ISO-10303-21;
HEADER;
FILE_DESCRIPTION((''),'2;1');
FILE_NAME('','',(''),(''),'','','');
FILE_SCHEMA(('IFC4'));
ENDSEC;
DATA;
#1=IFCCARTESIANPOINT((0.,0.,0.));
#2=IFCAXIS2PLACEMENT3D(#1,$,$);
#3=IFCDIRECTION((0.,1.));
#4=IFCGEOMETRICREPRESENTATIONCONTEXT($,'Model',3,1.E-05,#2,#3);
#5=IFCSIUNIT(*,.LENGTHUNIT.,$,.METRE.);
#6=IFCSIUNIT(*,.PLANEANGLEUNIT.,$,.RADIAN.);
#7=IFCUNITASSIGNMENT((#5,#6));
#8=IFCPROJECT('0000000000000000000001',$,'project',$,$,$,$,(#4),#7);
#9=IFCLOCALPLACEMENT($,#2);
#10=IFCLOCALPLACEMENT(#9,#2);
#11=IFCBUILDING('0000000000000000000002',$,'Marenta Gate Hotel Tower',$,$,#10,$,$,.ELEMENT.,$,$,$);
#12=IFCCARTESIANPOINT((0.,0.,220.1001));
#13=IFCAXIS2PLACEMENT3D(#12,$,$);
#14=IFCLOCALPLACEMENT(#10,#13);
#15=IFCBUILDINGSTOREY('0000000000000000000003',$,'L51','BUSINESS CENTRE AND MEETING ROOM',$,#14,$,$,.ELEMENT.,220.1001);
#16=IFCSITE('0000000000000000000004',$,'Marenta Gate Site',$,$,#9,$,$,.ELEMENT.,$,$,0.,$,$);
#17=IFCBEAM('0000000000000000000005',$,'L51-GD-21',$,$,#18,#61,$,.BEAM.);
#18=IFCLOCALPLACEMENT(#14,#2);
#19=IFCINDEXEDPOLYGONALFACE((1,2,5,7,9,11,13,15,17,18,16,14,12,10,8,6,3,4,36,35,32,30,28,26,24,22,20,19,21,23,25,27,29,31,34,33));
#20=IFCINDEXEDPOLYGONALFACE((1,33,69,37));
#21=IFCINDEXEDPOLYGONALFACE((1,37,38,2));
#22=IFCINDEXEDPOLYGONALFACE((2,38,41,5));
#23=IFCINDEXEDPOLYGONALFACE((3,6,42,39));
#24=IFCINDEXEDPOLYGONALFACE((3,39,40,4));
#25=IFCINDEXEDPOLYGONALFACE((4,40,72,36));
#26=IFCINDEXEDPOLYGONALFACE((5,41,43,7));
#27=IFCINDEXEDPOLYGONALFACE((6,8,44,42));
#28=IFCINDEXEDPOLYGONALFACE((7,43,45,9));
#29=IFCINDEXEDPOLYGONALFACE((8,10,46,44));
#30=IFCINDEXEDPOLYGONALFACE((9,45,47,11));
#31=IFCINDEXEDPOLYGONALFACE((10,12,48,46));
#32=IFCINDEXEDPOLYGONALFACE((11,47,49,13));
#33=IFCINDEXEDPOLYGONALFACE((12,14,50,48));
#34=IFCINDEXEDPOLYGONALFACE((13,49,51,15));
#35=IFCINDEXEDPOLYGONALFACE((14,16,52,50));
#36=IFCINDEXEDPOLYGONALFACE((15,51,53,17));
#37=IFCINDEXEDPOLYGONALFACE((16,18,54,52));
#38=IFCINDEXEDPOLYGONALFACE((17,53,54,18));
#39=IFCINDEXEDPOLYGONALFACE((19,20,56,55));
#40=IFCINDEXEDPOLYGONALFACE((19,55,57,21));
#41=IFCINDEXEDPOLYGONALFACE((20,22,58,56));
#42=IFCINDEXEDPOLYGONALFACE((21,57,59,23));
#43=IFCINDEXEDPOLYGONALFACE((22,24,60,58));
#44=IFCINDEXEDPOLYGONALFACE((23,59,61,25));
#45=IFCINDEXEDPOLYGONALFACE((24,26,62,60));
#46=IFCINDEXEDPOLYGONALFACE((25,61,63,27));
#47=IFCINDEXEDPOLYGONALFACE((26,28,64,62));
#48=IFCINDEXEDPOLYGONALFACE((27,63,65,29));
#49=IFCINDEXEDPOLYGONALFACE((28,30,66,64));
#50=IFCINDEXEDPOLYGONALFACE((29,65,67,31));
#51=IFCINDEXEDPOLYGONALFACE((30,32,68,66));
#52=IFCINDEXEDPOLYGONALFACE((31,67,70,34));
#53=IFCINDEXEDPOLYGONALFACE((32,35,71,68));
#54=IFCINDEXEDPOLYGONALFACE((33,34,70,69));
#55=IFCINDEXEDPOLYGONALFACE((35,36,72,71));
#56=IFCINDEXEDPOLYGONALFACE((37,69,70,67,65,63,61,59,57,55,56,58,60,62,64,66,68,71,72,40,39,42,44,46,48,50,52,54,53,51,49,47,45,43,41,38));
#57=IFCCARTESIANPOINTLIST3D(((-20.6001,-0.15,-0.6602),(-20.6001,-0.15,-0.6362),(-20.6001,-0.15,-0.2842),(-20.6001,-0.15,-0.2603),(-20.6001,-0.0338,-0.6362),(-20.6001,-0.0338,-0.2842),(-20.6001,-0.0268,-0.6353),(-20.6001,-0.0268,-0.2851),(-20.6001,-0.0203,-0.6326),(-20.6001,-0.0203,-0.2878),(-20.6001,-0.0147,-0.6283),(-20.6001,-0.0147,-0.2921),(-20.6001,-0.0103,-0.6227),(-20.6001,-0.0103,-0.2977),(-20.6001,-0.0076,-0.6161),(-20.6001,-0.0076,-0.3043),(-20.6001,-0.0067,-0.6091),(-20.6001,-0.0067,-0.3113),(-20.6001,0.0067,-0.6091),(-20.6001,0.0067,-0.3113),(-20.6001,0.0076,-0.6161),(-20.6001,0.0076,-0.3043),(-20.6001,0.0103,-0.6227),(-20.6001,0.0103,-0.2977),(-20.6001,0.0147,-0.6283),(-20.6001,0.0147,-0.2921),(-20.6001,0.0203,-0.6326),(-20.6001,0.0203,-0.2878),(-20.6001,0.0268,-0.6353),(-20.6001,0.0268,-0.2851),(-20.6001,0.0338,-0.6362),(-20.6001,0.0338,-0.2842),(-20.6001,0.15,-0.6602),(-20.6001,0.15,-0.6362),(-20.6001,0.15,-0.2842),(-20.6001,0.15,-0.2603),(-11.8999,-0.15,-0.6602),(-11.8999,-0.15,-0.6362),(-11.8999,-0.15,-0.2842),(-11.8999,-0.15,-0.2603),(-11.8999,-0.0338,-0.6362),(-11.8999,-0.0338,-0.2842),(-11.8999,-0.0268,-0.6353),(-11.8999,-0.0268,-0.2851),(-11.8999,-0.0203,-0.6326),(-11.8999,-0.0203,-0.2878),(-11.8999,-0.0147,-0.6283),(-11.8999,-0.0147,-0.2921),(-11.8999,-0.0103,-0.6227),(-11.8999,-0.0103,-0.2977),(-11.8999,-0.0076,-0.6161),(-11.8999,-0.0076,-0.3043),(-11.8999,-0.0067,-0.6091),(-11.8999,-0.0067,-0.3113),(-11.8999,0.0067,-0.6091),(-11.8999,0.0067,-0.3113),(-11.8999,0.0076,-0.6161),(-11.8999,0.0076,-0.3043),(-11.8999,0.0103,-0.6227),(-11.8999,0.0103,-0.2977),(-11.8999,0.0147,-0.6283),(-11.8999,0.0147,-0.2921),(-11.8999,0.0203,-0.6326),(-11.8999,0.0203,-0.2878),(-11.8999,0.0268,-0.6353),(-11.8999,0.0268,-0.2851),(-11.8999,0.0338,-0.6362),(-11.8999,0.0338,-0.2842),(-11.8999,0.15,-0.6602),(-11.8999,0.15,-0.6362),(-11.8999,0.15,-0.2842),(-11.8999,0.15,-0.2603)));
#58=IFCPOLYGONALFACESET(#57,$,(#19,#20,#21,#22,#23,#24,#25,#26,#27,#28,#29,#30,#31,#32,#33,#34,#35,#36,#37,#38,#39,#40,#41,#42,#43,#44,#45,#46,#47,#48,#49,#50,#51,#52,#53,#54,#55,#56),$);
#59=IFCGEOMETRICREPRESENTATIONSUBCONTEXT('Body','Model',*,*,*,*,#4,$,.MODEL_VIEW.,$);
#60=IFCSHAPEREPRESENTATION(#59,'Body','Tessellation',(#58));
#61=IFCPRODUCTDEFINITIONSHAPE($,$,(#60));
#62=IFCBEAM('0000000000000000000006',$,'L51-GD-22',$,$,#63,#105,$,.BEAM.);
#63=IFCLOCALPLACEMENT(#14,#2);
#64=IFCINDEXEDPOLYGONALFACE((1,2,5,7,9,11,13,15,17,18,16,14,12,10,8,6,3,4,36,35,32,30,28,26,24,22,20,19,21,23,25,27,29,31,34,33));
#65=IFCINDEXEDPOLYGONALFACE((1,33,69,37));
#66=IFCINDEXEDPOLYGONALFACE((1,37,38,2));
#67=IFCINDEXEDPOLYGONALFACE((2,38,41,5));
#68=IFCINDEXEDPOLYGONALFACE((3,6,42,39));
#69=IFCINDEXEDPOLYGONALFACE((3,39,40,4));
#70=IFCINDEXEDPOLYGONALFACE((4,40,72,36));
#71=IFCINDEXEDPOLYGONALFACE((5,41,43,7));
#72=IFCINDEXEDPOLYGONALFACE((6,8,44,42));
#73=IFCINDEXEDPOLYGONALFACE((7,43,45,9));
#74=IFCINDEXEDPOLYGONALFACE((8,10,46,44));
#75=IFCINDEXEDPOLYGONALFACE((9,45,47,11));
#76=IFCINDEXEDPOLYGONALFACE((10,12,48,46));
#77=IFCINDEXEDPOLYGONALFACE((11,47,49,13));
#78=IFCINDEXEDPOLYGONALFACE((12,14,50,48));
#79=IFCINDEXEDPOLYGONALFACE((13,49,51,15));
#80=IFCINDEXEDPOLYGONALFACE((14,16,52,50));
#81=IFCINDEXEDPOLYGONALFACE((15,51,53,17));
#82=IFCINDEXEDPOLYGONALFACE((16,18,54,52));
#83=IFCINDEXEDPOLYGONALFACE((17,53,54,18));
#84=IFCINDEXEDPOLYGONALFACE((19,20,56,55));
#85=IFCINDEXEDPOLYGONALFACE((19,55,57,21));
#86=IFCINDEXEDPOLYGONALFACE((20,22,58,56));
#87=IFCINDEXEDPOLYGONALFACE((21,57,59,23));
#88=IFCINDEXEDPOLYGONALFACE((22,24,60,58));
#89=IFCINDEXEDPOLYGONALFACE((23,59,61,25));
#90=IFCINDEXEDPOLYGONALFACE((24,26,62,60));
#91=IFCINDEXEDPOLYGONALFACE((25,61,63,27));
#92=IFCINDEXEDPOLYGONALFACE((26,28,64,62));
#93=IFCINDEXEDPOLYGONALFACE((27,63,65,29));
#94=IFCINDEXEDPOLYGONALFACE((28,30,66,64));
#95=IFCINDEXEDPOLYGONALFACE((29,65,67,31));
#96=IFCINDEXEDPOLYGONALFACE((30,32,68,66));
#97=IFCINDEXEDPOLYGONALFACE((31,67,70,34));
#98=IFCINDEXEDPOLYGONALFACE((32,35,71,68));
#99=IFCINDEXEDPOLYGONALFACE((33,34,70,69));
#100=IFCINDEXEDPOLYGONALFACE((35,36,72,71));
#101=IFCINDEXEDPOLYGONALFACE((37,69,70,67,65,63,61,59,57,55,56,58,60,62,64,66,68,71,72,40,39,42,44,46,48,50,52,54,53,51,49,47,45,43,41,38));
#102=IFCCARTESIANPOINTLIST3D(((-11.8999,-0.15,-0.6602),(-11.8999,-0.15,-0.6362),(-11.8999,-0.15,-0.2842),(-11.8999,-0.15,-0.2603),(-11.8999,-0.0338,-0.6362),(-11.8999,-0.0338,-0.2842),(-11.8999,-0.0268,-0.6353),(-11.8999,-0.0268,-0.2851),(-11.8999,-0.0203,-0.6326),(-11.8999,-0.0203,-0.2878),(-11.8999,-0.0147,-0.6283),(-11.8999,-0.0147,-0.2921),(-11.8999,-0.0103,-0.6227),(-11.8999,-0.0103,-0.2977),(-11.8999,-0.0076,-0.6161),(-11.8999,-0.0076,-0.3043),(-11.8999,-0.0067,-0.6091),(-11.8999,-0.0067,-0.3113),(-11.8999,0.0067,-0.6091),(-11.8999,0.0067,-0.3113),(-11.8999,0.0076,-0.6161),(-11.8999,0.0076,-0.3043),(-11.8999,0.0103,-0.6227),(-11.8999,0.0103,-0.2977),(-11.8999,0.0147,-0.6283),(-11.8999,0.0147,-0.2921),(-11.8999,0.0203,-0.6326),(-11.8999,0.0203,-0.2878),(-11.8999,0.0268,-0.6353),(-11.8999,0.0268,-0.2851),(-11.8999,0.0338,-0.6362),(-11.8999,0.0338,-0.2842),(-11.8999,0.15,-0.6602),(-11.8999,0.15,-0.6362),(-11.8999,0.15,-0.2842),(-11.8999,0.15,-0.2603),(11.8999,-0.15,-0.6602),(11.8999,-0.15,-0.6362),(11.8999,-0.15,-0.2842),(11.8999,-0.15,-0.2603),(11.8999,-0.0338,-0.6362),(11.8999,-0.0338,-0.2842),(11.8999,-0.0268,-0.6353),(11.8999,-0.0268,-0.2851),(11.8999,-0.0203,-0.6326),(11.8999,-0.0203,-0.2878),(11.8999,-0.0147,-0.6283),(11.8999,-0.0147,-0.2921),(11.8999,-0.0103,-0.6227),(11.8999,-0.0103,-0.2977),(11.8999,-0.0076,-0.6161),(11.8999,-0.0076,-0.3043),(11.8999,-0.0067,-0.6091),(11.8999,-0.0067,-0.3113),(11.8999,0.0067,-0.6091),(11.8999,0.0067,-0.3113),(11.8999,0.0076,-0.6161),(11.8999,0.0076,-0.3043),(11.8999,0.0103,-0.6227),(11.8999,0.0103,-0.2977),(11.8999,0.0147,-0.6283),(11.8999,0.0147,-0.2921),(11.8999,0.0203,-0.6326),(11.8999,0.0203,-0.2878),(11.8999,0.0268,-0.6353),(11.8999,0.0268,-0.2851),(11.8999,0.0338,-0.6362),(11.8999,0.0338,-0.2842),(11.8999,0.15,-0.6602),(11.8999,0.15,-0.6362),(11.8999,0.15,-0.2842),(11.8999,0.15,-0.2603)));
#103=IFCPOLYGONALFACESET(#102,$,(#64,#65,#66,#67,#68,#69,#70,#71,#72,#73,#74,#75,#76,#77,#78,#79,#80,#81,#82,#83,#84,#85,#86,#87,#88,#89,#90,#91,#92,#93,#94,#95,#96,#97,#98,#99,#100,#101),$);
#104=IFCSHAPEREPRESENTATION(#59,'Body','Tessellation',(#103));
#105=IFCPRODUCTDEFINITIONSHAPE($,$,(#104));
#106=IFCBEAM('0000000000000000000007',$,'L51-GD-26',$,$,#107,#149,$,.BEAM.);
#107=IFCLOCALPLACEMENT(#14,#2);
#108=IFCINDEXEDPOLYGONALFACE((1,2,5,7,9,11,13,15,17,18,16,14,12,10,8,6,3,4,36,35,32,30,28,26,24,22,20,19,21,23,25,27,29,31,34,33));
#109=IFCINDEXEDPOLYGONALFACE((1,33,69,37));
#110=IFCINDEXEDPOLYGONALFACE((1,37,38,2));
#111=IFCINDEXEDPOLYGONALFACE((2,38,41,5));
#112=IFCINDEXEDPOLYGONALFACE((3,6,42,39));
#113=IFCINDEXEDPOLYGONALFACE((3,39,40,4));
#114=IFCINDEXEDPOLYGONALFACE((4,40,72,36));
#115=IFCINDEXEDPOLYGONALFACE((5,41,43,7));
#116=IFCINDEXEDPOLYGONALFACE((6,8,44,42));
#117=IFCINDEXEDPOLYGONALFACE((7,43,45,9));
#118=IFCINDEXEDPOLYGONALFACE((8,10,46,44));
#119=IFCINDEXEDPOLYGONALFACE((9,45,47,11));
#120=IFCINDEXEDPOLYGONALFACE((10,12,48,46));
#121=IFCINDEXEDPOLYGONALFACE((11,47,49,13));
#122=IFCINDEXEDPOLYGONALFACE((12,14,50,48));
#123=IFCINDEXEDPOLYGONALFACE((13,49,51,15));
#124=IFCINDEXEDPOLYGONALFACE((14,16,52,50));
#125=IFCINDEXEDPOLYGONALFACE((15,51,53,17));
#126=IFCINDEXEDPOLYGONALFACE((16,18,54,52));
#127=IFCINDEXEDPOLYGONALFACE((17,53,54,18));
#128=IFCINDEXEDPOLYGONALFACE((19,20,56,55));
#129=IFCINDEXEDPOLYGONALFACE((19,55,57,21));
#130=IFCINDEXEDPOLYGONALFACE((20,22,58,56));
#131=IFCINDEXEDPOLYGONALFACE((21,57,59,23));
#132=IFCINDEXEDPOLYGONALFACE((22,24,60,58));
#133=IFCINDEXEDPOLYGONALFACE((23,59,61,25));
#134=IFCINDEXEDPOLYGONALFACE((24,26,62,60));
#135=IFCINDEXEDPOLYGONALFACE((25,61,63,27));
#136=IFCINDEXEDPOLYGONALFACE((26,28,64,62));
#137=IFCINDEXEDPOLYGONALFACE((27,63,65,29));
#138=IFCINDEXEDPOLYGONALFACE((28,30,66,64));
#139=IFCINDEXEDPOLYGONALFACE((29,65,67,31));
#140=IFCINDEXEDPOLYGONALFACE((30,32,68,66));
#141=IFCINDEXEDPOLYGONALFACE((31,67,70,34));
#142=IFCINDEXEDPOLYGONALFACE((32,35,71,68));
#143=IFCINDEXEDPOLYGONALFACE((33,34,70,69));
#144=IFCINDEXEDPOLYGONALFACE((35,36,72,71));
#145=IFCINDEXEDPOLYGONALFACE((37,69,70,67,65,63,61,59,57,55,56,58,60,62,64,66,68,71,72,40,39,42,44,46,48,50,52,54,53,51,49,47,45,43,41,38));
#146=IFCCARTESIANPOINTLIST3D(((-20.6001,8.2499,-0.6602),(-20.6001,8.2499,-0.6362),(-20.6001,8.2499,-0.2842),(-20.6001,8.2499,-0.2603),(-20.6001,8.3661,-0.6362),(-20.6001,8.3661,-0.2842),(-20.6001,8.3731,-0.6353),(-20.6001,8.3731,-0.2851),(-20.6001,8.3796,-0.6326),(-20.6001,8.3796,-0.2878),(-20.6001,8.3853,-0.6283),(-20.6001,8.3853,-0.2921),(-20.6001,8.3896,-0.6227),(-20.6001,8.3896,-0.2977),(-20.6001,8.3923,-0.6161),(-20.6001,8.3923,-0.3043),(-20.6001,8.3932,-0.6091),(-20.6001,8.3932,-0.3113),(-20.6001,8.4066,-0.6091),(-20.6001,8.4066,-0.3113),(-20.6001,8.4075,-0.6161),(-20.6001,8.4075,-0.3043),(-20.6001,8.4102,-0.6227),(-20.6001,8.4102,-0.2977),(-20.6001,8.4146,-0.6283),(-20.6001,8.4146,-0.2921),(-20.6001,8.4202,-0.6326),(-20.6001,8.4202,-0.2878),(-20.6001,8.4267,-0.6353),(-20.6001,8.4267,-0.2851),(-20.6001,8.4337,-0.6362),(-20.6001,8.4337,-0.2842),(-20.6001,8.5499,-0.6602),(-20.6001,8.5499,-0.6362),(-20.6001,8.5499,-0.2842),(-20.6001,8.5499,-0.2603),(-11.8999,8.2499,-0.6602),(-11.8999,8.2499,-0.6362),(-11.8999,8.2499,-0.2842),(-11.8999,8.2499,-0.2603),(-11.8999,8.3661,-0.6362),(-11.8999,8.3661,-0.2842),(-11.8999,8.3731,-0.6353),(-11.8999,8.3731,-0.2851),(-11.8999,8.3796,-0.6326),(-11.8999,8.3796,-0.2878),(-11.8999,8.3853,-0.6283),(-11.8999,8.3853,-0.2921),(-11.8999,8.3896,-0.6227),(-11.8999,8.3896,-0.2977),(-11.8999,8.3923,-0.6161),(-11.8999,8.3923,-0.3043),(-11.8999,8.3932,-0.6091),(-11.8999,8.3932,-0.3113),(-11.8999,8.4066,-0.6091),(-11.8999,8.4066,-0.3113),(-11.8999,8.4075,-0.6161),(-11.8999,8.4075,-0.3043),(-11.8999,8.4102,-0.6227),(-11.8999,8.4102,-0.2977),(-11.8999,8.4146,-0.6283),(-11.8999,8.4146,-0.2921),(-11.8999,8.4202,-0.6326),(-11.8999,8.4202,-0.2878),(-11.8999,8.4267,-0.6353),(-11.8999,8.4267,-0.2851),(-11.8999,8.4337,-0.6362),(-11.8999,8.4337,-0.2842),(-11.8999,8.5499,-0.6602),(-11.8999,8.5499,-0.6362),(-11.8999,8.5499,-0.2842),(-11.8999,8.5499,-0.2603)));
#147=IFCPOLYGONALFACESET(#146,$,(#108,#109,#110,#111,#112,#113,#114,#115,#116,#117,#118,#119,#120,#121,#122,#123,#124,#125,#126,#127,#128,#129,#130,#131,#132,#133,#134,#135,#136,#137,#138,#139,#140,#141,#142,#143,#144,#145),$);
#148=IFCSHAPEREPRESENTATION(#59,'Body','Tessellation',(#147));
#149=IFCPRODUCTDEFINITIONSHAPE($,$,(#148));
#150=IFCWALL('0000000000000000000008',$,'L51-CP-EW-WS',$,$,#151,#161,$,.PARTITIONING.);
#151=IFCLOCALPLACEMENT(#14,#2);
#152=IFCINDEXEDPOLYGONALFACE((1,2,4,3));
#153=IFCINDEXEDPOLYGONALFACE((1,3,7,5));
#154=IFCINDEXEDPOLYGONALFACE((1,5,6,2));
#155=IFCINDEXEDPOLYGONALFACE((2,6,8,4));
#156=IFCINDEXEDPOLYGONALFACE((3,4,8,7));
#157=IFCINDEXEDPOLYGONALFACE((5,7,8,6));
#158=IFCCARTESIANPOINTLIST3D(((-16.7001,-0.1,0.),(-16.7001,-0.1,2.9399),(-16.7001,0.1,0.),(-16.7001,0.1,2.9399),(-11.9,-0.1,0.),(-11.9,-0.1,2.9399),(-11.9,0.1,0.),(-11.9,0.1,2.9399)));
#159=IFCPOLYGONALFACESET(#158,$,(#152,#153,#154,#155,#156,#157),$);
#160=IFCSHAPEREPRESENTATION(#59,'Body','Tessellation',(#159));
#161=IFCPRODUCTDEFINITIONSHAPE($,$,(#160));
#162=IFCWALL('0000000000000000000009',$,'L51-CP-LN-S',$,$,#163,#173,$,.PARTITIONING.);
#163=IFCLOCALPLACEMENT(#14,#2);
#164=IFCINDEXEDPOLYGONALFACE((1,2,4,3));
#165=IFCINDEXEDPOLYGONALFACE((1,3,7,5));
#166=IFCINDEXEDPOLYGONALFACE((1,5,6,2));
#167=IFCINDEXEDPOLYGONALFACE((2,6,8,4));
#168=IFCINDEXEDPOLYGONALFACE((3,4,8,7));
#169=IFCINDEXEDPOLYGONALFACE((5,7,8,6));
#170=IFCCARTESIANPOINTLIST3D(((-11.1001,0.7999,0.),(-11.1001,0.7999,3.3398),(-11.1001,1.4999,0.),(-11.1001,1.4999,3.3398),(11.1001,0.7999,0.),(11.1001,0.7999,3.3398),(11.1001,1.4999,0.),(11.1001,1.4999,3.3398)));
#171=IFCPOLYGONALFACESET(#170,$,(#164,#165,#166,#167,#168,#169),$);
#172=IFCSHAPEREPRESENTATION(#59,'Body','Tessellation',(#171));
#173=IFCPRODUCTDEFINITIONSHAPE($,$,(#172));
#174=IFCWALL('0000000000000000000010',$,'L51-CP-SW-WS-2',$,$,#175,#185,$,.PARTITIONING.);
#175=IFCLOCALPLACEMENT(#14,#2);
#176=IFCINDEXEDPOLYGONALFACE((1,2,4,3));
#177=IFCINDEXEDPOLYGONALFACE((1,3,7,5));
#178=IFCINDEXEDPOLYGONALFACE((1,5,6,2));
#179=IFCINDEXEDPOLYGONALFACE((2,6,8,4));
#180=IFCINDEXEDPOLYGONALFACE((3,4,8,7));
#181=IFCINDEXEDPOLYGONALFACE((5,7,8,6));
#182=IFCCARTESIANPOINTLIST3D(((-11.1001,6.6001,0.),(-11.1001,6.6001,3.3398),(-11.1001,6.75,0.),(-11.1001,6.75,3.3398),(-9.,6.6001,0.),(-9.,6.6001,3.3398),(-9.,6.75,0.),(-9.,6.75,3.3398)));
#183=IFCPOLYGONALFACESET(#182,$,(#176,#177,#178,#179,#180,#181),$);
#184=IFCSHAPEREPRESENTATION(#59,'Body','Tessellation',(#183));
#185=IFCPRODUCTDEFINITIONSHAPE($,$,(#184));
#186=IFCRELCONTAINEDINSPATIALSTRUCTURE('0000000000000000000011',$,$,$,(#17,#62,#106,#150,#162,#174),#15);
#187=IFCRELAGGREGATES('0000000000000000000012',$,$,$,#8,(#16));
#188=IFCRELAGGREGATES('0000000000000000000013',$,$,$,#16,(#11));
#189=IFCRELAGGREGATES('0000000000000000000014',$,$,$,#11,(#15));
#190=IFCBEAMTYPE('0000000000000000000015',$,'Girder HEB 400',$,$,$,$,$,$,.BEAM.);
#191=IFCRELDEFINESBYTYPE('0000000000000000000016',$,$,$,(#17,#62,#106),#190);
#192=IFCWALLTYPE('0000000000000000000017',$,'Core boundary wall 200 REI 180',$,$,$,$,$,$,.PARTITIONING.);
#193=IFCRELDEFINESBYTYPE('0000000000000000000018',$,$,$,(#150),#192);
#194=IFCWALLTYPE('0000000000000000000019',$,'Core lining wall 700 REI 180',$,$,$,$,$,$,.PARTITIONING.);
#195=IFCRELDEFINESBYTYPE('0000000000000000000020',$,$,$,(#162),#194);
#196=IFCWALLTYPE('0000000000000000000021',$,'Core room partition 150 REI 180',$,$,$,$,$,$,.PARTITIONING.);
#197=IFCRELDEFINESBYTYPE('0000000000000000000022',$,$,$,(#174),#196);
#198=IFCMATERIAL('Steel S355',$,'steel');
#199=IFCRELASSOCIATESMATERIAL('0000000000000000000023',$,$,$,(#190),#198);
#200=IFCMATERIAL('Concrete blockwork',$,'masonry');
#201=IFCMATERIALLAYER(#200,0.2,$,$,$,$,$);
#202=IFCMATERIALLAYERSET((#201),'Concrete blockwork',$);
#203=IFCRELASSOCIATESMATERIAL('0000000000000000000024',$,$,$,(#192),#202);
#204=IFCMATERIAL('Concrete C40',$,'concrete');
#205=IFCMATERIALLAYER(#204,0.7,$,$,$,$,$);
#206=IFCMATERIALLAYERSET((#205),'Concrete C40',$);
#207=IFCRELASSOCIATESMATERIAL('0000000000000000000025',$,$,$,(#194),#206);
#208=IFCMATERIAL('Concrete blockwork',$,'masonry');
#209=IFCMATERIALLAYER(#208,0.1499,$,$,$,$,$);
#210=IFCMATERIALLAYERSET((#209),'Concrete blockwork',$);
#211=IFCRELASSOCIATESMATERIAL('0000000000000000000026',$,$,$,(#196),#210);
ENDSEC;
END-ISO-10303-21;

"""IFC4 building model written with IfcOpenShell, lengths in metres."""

from ifc_helpers import new_model, si_unit, direction, frame, frame_2d, origin, origin_2d, place, context, subcontext, project, spatial, rectangle, i_section, extrude, material, layer, layer_set, material_profile, profile_set, type_object, element, save


model = new_model("IFC4")

# Units and contexts
model_context = context("Model", 3, precision=1e-05, world=origin(), true_north=direction((0.0, 1.0)))
body_context = subcontext(model_context, "Body", "Model", "MODEL_VIEW")
ifc_project = project(units=[si_unit("LENGTHUNIT", "METRE"), si_unit("PLANEANGLEUNIT", "RADIAN")], contexts=[model_context])

# Site, building, storey
site_placement = place(None, origin())
site = spatial("IfcSite", under=ifc_project, at=site_placement, Name="Marenta Gate Site", CompositionType="ELEMENT", RefElevation=0.0)
building_placement = place(site_placement, origin())
building = spatial("IfcBuilding", under=site, at=building_placement, Name="Marenta Gate Hotel Tower", CompositionType="ELEMENT")
storey_placement = place(building_placement, frame((0.0, 0.0, 220.1001)))
storey = spatial("IfcBuildingStorey", under=building, at=storey_placement, Name="L51", Description="BUSINESS CENTRE AND MEETING ROOM", CompositionType="ELEMENT", Elevation=220.1001)

# Beams
ifc_material_1 = material(Name="Steel S355", Category="steel")
ifc_material_profile = material_profile(ifc_material_1, i_section(OverallWidth=0.3, OverallDepth=0.3999, WebThickness=0.0134, FlangeThickness=0.0239, FilletRadius=0.0271, at=origin_2d()), Name="HEB 400")
ifc_profile_set = profile_set([ifc_material_profile], Name="Steel S355")
beam_type = type_object("IfcBeamType", Name="Girder HEB 400", PredefinedType="BEAM", material=ifc_profile_set)
beam_1_placement = place(storey_placement, frame((-20.6001, 0.0, -0.4602), z_axis=(1.0, 0.0, 0.0), x_axis=(0.0, 1.0, 0.0)))
element("IfcBeam", 1, at=beam_1_placement, inside=storey, type_object=beam_type, Name="L51-GD-21", PredefinedType="BEAM", context=body_context, shape_type="SweptSolid", body=[
    extrude(i_section(OverallWidth=0.3, OverallDepth=0.3999, WebThickness=0.0134, FlangeThickness=0.0239, FilletRadius=0.0271, at=origin_2d()), origin(), (0.0, 0.0, 1.0), 8.7002),
])
beam_2_placement = place(storey_placement, frame((-11.8999, 0.0, -0.4602), z_axis=(1.0, 0.0, 0.0), x_axis=(0.0, 1.0, 0.0)))
element("IfcBeam", 2, at=beam_2_placement, inside=storey, type_object=beam_type, Name="L51-GD-22", PredefinedType="BEAM", context=body_context, shape_type="SweptSolid", body=[
    extrude(i_section(OverallWidth=0.3, OverallDepth=0.3999, WebThickness=0.0134, FlangeThickness=0.0239, FilletRadius=0.0271, at=origin_2d()), origin(), (0.0, 0.0, 1.0), 23.7998),
])
beam_3_placement = place(storey_placement, frame((-20.6001, 8.3999, -0.4602), z_axis=(1.0, 0.0, 0.0), x_axis=(0.0, 1.0, 0.0)))
element("IfcBeam", 3, at=beam_3_placement, inside=storey, type_object=beam_type, Name="L51-GD-26", PredefinedType="BEAM", context=body_context, shape_type="SweptSolid", body=[
    extrude(i_section(OverallWidth=0.3, OverallDepth=0.3999, WebThickness=0.0134, FlangeThickness=0.0239, FilletRadius=0.0271, at=origin_2d()), origin(), (0.0, 0.0, 1.0), 8.7002),
])

# Walls
ifc_material_2 = material(Name="Concrete blockwork", Category="masonry")
ifc_layer_1 = layer(ifc_material_2, 0.2)
ifc_layer_set_1 = layer_set([ifc_layer_1], Name="Concrete blockwork")
wall_type_1 = type_object("IfcWallType", Name="Core boundary wall 200 REI 180", PredefinedType="PARTITIONING", material=ifc_layer_set_1)
wall_1_placement = place(storey_placement, frame((-16.7, 0.0, 0.0), z_axis=(0.0, 0.0, 1.0), x_axis=(1.0, 0.0, 0.0)))
element("IfcWall", 4, at=wall_1_placement, inside=storey, type_object=wall_type_1, Name="L51-CP-EW-WS", PredefinedType="PARTITIONING", context=body_context, shape_type="SweptSolid", body=[
    extrude(rectangle(XDim=4.8, YDim=0.2, at=frame_2d((2.3999, 0.0))), origin(), (0.0, 0.0, 1.0), 2.9399),
])
ifc_material_3 = material(Name="Concrete C40", Category="concrete")
ifc_layer_2 = layer(ifc_material_3, 0.7)
ifc_layer_set_2 = layer_set([ifc_layer_2], Name="Concrete C40")
wall_type_2 = type_object("IfcWallType", Name="Core lining wall 700 REI 180", PredefinedType="PARTITIONING", material=ifc_layer_set_2)
wall_2_placement = place(storey_placement, frame((-11.1001, 1.1499, 0.0), z_axis=(0.0, 0.0, 1.0), x_axis=(1.0, 0.0, 0.0)))
element("IfcWall", 5, at=wall_2_placement, inside=storey, type_object=wall_type_2, Name="L51-CP-LN-S", PredefinedType="PARTITIONING", context=body_context, shape_type="SweptSolid", body=[
    extrude(rectangle(XDim=22.2002, YDim=0.7, at=frame_2d((11.1001, 0.0))), origin(), (0.0, 0.0, 1.0), 3.3398),
])
ifc_material_4 = material(Name="Concrete blockwork", Category="masonry")
ifc_layer_3 = layer(ifc_material_4, 0.1499)
ifc_layer_set_3 = layer_set([ifc_layer_3], Name="Concrete blockwork")
wall_type_3 = type_object("IfcWallType", Name="Core room partition 150 REI 180", PredefinedType="PARTITIONING", material=ifc_layer_set_3)
wall_3_placement = place(storey_placement, frame((-11.1001, 6.675, 0.0), z_axis=(0.0, 0.0, 1.0), x_axis=(1.0, 0.0, 0.0)))
element("IfcWall", 6, at=wall_3_placement, inside=storey, type_object=wall_type_3, Name="L51-CP-SW-WS-2", PredefinedType="PARTITIONING", context=body_context, shape_type="SweptSolid", body=[
    extrude(rectangle(XDim=2.1001, YDim=0.1499, at=frame_2d((1.05, 0.0))), origin(), (0.0, 0.0, 1.0), 3.3398),
])

save(model, "model.ifc")
